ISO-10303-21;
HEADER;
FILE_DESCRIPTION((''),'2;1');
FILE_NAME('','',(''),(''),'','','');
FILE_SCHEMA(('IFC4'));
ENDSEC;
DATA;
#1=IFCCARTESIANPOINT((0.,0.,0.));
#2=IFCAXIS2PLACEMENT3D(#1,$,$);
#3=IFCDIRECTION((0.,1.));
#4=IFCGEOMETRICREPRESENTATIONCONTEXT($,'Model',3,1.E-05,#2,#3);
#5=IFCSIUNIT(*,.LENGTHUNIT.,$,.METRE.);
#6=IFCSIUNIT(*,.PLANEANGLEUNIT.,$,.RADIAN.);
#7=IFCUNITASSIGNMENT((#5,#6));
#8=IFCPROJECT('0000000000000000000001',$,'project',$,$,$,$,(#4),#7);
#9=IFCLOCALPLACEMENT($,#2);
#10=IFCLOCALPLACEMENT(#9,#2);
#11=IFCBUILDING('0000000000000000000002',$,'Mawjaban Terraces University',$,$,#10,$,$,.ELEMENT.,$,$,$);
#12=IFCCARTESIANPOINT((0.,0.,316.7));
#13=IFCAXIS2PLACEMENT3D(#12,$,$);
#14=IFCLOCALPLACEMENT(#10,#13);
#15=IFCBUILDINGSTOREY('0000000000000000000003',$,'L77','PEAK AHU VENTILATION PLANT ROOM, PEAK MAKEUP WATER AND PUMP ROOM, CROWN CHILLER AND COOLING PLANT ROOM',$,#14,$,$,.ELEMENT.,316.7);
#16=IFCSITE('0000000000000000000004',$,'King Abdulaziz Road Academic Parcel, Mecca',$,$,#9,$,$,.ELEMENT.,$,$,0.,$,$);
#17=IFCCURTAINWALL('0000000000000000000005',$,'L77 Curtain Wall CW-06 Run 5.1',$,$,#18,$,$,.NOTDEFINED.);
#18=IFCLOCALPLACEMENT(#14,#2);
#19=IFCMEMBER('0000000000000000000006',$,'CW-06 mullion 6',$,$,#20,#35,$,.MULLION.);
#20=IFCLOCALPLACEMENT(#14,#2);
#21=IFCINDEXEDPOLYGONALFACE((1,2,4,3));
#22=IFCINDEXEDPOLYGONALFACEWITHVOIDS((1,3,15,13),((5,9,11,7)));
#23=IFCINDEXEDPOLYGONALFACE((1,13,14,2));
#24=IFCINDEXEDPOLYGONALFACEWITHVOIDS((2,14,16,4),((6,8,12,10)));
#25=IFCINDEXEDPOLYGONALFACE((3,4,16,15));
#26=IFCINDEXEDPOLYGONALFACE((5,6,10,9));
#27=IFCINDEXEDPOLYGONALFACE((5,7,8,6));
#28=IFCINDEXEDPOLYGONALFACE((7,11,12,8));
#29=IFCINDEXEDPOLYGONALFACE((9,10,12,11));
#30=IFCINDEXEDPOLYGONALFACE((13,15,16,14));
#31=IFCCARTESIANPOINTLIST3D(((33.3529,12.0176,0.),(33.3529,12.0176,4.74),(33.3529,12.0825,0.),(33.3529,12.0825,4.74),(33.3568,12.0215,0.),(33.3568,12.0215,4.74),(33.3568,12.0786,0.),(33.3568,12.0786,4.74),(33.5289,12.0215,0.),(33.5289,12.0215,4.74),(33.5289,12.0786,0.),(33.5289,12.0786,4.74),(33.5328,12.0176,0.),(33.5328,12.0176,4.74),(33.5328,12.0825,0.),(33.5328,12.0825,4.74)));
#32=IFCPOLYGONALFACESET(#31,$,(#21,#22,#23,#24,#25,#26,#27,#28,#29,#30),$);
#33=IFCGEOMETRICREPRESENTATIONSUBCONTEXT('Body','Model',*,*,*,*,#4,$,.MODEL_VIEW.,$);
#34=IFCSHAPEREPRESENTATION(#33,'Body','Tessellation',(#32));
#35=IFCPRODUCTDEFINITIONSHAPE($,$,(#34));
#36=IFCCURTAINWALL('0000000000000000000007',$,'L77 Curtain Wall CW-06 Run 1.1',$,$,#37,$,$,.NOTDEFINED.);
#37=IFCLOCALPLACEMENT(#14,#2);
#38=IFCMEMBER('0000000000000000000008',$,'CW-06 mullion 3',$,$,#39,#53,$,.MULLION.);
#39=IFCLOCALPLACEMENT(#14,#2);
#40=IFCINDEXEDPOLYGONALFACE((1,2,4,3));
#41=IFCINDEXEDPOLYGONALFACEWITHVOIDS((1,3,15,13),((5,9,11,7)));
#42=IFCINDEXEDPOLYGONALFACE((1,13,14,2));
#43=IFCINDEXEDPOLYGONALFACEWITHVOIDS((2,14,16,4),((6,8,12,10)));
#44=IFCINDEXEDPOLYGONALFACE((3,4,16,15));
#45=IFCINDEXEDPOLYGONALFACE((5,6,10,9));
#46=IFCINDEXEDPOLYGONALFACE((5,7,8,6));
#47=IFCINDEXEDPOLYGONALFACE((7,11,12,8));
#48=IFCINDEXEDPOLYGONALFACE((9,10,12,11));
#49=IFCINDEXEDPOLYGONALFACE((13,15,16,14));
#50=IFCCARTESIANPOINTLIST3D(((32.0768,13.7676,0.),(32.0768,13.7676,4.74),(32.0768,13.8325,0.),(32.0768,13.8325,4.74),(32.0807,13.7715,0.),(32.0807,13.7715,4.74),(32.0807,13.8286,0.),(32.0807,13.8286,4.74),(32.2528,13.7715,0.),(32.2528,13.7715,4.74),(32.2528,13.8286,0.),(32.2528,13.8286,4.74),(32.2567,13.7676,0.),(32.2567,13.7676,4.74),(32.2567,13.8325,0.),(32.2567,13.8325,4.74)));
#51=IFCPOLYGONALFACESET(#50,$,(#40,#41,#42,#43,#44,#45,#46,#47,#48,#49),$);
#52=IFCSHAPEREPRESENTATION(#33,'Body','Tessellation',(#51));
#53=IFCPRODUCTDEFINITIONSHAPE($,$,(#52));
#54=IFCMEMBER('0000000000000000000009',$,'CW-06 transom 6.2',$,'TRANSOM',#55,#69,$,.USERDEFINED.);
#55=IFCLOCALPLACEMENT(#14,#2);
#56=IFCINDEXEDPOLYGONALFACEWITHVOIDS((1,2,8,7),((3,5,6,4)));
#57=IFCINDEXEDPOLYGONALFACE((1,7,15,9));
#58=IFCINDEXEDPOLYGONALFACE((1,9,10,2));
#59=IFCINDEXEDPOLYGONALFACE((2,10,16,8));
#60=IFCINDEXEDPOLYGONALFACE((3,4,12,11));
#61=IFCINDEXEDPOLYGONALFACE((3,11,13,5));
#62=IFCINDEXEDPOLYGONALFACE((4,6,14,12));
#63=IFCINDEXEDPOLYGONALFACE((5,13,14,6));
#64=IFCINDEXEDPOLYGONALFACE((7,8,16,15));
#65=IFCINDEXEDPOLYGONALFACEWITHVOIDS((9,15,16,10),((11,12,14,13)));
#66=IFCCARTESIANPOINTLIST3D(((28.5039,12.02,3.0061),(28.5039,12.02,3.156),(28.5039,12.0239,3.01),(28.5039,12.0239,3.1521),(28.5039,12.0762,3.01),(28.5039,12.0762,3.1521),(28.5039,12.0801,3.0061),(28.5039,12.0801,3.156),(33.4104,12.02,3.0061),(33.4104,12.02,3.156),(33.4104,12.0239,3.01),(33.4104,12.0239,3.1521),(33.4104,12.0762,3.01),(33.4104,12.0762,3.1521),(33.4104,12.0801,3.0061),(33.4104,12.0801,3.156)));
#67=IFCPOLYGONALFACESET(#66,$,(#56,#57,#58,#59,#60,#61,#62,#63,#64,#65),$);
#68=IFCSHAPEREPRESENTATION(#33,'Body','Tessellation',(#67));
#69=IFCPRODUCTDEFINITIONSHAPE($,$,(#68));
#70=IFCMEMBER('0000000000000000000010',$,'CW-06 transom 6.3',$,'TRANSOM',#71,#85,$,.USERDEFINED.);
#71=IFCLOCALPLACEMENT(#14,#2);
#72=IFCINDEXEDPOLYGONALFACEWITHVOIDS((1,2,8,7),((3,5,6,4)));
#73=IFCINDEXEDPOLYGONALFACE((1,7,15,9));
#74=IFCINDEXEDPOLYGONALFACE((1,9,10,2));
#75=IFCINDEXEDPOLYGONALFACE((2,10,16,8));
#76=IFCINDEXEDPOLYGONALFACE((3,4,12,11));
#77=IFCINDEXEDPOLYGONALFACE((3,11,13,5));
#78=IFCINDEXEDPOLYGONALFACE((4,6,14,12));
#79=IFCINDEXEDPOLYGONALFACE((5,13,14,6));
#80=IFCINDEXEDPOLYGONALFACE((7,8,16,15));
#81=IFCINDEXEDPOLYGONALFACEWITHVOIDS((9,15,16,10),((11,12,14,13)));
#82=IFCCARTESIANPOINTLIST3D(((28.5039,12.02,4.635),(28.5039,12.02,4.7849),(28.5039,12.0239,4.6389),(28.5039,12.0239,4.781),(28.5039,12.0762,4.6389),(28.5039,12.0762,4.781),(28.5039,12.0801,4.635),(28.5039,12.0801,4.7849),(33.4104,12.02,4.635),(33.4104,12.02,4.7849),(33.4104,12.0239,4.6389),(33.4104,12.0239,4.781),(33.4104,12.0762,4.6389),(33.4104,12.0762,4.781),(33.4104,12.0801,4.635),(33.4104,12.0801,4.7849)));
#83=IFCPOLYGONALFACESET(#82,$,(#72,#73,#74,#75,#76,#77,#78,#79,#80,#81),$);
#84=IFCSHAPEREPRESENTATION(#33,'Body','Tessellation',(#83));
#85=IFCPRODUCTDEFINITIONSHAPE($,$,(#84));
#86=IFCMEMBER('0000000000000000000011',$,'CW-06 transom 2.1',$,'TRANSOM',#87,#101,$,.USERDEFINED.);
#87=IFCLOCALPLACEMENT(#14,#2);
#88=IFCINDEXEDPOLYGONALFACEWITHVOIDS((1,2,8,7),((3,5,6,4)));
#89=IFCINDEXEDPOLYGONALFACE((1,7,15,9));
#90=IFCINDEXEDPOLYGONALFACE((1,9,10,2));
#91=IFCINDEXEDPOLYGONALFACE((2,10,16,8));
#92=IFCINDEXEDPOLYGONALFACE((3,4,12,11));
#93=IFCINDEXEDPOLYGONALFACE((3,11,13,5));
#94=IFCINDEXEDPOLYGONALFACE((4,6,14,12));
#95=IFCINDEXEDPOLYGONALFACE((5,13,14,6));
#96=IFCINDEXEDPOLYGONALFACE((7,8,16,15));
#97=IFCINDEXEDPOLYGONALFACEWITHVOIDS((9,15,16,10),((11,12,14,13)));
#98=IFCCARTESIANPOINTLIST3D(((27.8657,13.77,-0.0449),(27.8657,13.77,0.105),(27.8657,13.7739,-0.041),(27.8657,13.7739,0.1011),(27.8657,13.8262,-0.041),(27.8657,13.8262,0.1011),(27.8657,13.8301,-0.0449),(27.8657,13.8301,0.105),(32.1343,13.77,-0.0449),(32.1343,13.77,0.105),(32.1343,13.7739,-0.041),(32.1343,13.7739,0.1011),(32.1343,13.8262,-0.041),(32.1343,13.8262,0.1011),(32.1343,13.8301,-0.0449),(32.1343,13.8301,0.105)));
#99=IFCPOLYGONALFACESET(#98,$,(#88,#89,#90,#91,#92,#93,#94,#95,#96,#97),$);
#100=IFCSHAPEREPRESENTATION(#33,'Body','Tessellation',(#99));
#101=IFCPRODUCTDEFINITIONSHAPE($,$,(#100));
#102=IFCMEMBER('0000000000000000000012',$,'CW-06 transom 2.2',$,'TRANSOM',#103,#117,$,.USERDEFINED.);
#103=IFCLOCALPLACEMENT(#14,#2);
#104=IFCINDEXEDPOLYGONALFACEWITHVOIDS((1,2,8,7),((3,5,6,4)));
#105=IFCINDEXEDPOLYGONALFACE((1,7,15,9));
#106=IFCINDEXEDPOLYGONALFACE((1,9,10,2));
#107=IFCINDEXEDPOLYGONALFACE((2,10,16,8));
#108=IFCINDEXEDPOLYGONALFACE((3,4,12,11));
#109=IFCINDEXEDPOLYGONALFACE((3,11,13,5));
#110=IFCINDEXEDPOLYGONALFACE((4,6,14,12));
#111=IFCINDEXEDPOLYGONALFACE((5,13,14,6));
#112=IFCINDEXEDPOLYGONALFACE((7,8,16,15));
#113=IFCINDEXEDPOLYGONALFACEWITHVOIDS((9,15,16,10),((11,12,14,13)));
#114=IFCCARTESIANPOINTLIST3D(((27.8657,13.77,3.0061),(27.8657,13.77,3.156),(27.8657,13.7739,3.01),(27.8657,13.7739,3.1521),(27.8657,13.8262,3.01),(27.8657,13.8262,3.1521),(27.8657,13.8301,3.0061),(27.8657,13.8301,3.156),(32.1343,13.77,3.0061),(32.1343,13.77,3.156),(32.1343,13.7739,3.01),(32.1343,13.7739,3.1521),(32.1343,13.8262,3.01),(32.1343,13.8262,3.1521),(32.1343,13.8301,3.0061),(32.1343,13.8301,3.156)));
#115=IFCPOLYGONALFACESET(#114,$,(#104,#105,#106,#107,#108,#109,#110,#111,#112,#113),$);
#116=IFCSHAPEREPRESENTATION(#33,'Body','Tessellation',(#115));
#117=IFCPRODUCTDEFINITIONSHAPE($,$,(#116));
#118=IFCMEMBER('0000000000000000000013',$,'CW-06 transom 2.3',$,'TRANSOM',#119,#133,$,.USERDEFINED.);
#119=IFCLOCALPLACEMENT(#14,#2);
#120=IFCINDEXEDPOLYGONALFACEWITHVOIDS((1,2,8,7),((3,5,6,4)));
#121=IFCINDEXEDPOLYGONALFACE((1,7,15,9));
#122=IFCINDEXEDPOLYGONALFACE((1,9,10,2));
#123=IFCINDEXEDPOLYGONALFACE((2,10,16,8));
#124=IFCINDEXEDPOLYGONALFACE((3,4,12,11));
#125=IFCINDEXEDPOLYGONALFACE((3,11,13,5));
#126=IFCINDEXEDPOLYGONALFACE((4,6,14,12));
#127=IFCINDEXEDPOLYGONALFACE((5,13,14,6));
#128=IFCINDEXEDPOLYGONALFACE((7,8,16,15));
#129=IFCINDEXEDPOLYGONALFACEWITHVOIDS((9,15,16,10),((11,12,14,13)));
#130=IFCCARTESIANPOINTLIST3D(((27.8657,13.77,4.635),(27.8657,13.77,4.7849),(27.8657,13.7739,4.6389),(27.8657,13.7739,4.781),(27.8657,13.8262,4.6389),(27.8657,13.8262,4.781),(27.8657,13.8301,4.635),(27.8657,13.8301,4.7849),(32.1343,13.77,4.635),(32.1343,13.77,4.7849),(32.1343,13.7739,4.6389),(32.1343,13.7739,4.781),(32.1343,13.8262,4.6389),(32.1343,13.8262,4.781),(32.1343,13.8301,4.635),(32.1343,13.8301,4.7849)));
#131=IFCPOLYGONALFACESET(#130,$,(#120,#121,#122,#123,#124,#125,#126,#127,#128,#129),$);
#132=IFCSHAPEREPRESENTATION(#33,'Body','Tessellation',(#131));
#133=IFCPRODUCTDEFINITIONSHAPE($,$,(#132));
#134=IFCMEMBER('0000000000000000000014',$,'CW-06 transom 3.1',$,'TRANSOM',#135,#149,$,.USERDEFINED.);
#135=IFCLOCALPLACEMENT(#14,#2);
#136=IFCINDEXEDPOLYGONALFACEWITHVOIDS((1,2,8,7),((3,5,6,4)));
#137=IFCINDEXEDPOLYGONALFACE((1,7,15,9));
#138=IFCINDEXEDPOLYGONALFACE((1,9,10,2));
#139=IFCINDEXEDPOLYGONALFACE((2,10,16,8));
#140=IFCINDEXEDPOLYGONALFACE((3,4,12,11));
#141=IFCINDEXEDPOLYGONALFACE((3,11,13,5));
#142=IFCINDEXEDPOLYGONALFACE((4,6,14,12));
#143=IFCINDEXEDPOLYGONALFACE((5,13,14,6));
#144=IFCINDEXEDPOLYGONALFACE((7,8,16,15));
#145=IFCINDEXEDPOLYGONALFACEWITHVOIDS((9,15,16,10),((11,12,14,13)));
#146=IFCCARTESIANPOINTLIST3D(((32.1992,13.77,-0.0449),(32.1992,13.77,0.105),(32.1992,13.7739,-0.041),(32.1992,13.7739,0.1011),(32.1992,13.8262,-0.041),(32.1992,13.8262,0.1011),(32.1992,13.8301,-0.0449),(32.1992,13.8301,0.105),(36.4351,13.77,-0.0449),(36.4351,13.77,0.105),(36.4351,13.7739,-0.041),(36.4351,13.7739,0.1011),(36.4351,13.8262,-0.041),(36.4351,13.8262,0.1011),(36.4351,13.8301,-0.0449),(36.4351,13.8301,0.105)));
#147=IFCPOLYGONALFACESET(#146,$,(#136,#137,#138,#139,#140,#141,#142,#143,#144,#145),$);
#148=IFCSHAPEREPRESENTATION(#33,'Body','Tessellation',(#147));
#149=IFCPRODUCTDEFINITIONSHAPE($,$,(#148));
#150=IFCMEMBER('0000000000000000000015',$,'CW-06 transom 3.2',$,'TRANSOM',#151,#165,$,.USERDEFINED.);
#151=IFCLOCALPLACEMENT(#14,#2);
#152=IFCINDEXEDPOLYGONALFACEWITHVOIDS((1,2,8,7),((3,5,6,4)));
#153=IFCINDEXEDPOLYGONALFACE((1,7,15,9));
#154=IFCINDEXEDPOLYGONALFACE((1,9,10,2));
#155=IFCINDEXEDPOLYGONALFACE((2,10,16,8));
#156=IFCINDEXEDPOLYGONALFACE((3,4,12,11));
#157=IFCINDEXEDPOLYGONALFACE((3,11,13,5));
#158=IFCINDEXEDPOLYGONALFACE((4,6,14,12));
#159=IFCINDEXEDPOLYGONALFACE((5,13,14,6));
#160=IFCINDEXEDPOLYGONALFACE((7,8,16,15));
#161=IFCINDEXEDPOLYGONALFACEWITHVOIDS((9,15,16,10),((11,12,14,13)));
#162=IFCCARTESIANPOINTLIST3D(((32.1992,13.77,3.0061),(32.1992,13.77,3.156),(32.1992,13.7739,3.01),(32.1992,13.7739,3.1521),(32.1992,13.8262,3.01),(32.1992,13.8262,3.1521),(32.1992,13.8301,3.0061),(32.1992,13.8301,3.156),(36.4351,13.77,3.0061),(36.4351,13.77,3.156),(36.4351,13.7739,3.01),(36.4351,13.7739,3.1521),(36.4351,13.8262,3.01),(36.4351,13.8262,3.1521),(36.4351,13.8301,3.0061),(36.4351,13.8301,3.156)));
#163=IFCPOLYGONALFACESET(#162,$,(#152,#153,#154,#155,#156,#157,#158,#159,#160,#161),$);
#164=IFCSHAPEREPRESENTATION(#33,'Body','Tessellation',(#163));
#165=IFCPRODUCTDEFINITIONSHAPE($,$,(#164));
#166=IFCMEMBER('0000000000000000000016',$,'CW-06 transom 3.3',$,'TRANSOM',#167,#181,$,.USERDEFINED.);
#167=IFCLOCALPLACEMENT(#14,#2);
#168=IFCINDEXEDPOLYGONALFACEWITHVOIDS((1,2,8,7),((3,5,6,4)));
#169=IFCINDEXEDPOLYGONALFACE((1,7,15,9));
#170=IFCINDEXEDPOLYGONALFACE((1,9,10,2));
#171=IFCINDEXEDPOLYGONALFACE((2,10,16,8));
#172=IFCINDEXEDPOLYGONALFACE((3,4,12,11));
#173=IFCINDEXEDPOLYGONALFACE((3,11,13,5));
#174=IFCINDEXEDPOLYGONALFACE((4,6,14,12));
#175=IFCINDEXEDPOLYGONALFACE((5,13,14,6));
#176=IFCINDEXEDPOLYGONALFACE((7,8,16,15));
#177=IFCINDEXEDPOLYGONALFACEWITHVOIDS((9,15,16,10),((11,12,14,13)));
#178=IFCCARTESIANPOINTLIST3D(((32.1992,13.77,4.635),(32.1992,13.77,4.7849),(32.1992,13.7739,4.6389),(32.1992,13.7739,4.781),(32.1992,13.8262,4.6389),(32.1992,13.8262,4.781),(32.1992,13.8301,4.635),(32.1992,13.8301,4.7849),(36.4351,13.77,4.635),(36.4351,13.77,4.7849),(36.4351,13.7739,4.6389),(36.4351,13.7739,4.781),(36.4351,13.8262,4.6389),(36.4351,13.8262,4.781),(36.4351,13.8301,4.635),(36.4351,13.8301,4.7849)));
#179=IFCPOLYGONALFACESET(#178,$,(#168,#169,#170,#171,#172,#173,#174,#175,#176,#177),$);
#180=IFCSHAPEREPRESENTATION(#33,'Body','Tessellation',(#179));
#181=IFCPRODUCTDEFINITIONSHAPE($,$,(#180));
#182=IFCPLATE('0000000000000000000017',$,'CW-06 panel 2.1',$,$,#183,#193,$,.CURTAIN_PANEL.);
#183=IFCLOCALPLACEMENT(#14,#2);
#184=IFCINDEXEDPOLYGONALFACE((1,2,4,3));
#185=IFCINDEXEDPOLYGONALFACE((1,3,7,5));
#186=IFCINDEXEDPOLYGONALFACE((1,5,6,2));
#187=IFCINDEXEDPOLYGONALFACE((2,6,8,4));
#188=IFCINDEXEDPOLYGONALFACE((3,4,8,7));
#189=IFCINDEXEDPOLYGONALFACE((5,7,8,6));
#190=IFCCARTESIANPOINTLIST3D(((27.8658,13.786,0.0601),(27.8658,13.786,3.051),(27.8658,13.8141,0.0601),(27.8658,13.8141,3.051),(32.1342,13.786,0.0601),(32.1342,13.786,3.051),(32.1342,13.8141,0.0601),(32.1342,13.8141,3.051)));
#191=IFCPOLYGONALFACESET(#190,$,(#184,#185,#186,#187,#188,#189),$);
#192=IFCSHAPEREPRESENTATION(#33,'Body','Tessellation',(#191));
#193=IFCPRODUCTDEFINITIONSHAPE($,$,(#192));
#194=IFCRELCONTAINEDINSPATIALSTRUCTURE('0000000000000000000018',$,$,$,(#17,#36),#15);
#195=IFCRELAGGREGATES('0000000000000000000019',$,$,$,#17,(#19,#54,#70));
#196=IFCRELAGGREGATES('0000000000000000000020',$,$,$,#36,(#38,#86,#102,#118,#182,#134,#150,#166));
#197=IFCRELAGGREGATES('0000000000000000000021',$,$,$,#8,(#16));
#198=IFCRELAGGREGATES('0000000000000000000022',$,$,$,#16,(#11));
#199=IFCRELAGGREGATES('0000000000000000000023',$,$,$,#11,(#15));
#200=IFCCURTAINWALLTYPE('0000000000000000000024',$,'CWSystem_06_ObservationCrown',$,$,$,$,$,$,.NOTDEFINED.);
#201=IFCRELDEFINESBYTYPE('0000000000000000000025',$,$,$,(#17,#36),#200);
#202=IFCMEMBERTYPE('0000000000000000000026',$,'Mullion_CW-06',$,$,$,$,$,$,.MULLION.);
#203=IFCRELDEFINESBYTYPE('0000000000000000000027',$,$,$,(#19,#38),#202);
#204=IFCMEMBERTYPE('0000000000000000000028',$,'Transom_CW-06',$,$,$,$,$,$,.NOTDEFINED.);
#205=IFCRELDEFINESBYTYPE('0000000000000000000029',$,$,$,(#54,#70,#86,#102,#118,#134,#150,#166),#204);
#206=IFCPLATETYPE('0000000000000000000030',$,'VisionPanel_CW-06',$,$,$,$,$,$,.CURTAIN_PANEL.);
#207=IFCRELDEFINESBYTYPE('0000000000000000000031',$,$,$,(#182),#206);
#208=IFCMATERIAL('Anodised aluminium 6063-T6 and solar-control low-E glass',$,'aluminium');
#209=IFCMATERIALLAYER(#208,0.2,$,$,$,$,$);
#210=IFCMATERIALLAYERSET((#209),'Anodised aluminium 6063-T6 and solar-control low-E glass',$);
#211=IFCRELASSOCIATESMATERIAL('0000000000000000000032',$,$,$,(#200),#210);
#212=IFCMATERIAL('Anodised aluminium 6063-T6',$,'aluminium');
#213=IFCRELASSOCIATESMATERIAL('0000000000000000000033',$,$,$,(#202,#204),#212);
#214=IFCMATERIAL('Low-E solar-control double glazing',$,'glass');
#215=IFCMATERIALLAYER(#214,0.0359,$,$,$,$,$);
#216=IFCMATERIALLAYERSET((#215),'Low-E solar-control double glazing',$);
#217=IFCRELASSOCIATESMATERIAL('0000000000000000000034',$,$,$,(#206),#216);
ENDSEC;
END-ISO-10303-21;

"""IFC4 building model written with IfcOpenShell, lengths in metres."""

from ifc_helpers import new_model, si_unit, direction, frame, origin, origin_2d, place, context, subcontext, project, spatial, rectangle, hollow_rectangle, extrude, material, layer, layer_set, material_profile, profile_set, type_object, element, aggregate, save


model = new_model("IFC4")

# Units and contexts
model_context = context("Model", 3, precision=1e-05, world=origin(), true_north=direction((0.0, 1.0)))
body_context = subcontext(model_context, "Body", "Model", "MODEL_VIEW")
ifc_project = project(units=[si_unit("LENGTHUNIT", "METRE"), si_unit("PLANEANGLEUNIT", "RADIAN")], contexts=[model_context])

# Site, building, storey
site_placement = place(None, origin())
site = spatial("IfcSite", under=ifc_project, at=site_placement, Name="King Abdulaziz Road Academic Parcel, Mecca", CompositionType="ELEMENT", RefElevation=0.0)
building_placement = place(site_placement, origin())
building = spatial("IfcBuilding", under=site, at=building_placement, Name="Mawjaban Terraces University", CompositionType="ELEMENT")
storey_placement = place(building_placement, frame((0.0, 0.0, 316.7)))
storey = spatial("IfcBuildingStorey", under=building, at=storey_placement, Name="L77", Description="PEAK AHU VENTILATION PLANT ROOM, PEAK MAKEUP WATER AND PUMP ROOM, CROWN CHILLER AND COOLING PLANT ROOM", CompositionType="ELEMENT", Elevation=316.7)

# Curtain walls, members
ifc_material_1 = material(Name="Anodised aluminium 6063-T6 and solar-control low-E glass", Category="aluminium")
ifc_layer_1 = layer(ifc_material_1, 0.2)
ifc_layer_set_1 = layer_set([ifc_layer_1], Name="Anodised aluminium 6063-T6 and solar-control low-E glass")
curtain_wall_type = type_object("IfcCurtainWallType", Name="CWSystem_06_ObservationCrown", PredefinedType="NOTDEFINED", material=ifc_layer_set_1)
curtain_wall_1_placement = place(storey_placement, origin())
curtain_wall_1 = element("IfcCurtainWall", 1, at=curtain_wall_1_placement, inside=storey, type_object=curtain_wall_type, Name="L77 Curtain Wall CW-06 Run 5.1", PredefinedType="NOTDEFINED")
ifc_material_2 = material(Name="Anodised aluminium 6063-T6", Category="aluminium")
ifc_material_profile_1 = material_profile(ifc_material_2, hollow_rectangle(XDim=0.0649, YDim=0.1799, WallThickness=0.0039, at=origin_2d()), Name="ALU180X65X4")
ifc_profile_set_1 = profile_set([ifc_material_profile_1], Name="Anodised aluminium 6063-T6")
member_type_1 = type_object("IfcMemberType", Name="Mullion_CW-06", PredefinedType="MULLION", material=ifc_profile_set_1)
member_1_placement = place(storey_placement, frame((33.4429, 12.05, 0.0), z_axis=(0.0, 0.0, 1.0), x_axis=(0.0, -1.0, 0.0)))
member_1 = element("IfcMember", 2, at=member_1_placement, type_object=member_type_1, Name="CW-06 mullion 6", PredefinedType="MULLION", context=body_context, shape_type="SweptSolid", body=[
    extrude(hollow_rectangle(XDim=0.0649, YDim=0.1799, WallThickness=0.0039, at=origin_2d()), origin(), (0.0, 0.0, 1.0), 4.74),
])
curtain_wall_2_placement = place(storey_placement, origin())
curtain_wall_2 = element("IfcCurtainWall", 3, at=curtain_wall_2_placement, inside=storey, type_object=curtain_wall_type, Name="L77 Curtain Wall CW-06 Run 1.1", PredefinedType="NOTDEFINED")
member_2_placement = place(storey_placement, frame((32.1667, 13.8, 0.0), z_axis=(0.0, 0.0, 1.0), x_axis=(0.0, 1.0, 0.0)))
member_2 = element("IfcMember", 4, at=member_2_placement, type_object=member_type_1, Name="CW-06 mullion 3", PredefinedType="MULLION", context=body_context, shape_type="SweptSolid", body=[
    extrude(hollow_rectangle(XDim=0.0649, YDim=0.1799, WallThickness=0.0039, at=origin_2d()), origin(), (0.0, 0.0, 1.0), 4.74),
])

# Members
ifc_material_profile_2 = material_profile(ifc_material_2, hollow_rectangle(XDim=0.0601, YDim=0.1499, WallThickness=0.0039, at=origin_2d()), Name="ALU150X60X4")
ifc_profile_set_2 = profile_set([ifc_material_profile_2], Name="Anodised aluminium 6063-T6")
member_type_2 = type_object("IfcMemberType", Name="Transom_CW-06", PredefinedType="NOTDEFINED", material=ifc_profile_set_2)
member_3_placement = place(storey_placement, frame((33.4104, 12.05, 3.0811), z_axis=(-1.0, 0.0, 0.0), x_axis=(0.0, -1.0, 0.0)))
member_3 = element("IfcMember", 5, at=member_3_placement, type_object=member_type_2, Name="CW-06 transom 6.2", ObjectType="TRANSOM", PredefinedType="USERDEFINED", context=body_context, shape_type="SweptSolid", body=[
    extrude(hollow_rectangle(XDim=0.0601, YDim=0.1499, WallThickness=0.0039, at=origin_2d()), origin(), (0.0, 0.0, 1.0), 4.9065),
])
member_4_placement = place(storey_placement, frame((33.4104, 12.05, 4.71), z_axis=(-1.0, 0.0, 0.0), x_axis=(0.0, -1.0, 0.0)))
member_4 = element("IfcMember", 6, at=member_4_placement, type_object=member_type_2, Name="CW-06 transom 6.3", ObjectType="TRANSOM", PredefinedType="USERDEFINED", context=body_context, shape_type="SweptSolid", body=[
    extrude(hollow_rectangle(XDim=0.0601, YDim=0.1499, WallThickness=0.0039, at=origin_2d()), origin(), (0.0, 0.0, 1.0), 4.9065),
])
aggregate(curtain_wall_1, [member_1, member_3, member_4])
member_5_placement = place(storey_placement, frame((27.8657, 13.8, 0.03), z_axis=(1.0, 0.0, 0.0), x_axis=(0.0, 1.0, 0.0)))
member_5 = element("IfcMember", 7, at=member_5_placement, type_object=member_type_2, Name="CW-06 transom 2.1", ObjectType="TRANSOM", PredefinedType="USERDEFINED", context=body_context, shape_type="SweptSolid", body=[
    extrude(hollow_rectangle(XDim=0.0601, YDim=0.1499, WallThickness=0.0039, at=origin_2d()), origin(), (0.0, 0.0, 1.0), 4.2686),
])
member_6_placement = place(storey_placement, frame((27.8657, 13.8, 3.0811), z_axis=(1.0, 0.0, 0.0), x_axis=(0.0, 1.0, 0.0)))
member_6 = element("IfcMember", 8, at=member_6_placement, type_object=member_type_2, Name="CW-06 transom 2.2", ObjectType="TRANSOM", PredefinedType="USERDEFINED", context=body_context, shape_type="SweptSolid", body=[
    extrude(hollow_rectangle(XDim=0.0601, YDim=0.1499, WallThickness=0.0039, at=origin_2d()), origin(), (0.0, 0.0, 1.0), 4.2686),
])
member_7_placement = place(storey_placement, frame((27.8657, 13.8, 4.71), z_axis=(1.0, 0.0, 0.0), x_axis=(0.0, 1.0, 0.0)))
member_7 = element("IfcMember", 9, at=member_7_placement, type_object=member_type_2, Name="CW-06 transom 2.3", ObjectType="TRANSOM", PredefinedType="USERDEFINED", context=body_context, shape_type="SweptSolid", body=[
    extrude(hollow_rectangle(XDim=0.0601, YDim=0.1499, WallThickness=0.0039, at=origin_2d()), origin(), (0.0, 0.0, 1.0), 4.2686),
])
member_8_placement = place(storey_placement, frame((32.1992, 13.8, 0.03), z_axis=(1.0, 0.0, 0.0), x_axis=(0.0, 1.0, 0.0)))
member_8 = element("IfcMember", 10, at=member_8_placement, type_object=member_type_2, Name="CW-06 transom 3.1", ObjectType="TRANSOM", PredefinedType="USERDEFINED", context=body_context, shape_type="SweptSolid", body=[
    extrude(hollow_rectangle(XDim=0.0601, YDim=0.1499, WallThickness=0.0039, at=origin_2d()), origin(), (0.0, 0.0, 1.0), 4.2358),
])
member_9_placement = place(storey_placement, frame((32.1992, 13.8, 3.0811), z_axis=(1.0, 0.0, 0.0), x_axis=(0.0, 1.0, 0.0)))
member_9 = element("IfcMember", 11, at=member_9_placement, type_object=member_type_2, Name="CW-06 transom 3.2", ObjectType="TRANSOM", PredefinedType="USERDEFINED", context=body_context, shape_type="SweptSolid", body=[
    extrude(hollow_rectangle(XDim=0.0601, YDim=0.1499, WallThickness=0.0039, at=origin_2d()), origin(), (0.0, 0.0, 1.0), 4.2358),
])
member_10_placement = place(storey_placement, frame((32.1992, 13.8, 4.71), z_axis=(1.0, 0.0, 0.0), x_axis=(0.0, 1.0, 0.0)))
member_10 = element("IfcMember", 12, at=member_10_placement, type_object=member_type_2, Name="CW-06 transom 3.3", ObjectType="TRANSOM", PredefinedType="USERDEFINED", context=body_context, shape_type="SweptSolid", body=[
    extrude(hollow_rectangle(XDim=0.0601, YDim=0.1499, WallThickness=0.0039, at=origin_2d()), origin(), (0.0, 0.0, 1.0), 4.2358),
])

# Plate
ifc_material_3 = material(Name="Low-E solar-control double glazing", Category="glass")
ifc_layer_2 = layer(ifc_material_3, 0.0359)
ifc_layer_set_2 = layer_set([ifc_layer_2], Name="Low-E solar-control double glazing")
plate_type = type_object("IfcPlateType", Name="VisionPanel_CW-06", PredefinedType="CURTAIN_PANEL", material=ifc_layer_set_2)
plate_1_placement = place(storey_placement, frame((30.0, 13.8, 0.0601), z_axis=(0.0, 0.0, 1.0), x_axis=(1.0, 0.0, 0.0)))
plate_1 = element("IfcPlate", 13, at=plate_1_placement, type_object=plate_type, Name="CW-06 panel 2.1", PredefinedType="CURTAIN_PANEL", context=body_context, shape_type="SweptSolid", body=[
    extrude(rectangle(XDim=4.2683, YDim=0.0281, at=origin_2d()), origin(), (0.0, 0.0, 1.0), 2.991),
])
aggregate(curtain_wall_2, [member_2, member_5, member_6, member_7, plate_1, member_8, member_9, member_10])

save(model, "model.ifc")
